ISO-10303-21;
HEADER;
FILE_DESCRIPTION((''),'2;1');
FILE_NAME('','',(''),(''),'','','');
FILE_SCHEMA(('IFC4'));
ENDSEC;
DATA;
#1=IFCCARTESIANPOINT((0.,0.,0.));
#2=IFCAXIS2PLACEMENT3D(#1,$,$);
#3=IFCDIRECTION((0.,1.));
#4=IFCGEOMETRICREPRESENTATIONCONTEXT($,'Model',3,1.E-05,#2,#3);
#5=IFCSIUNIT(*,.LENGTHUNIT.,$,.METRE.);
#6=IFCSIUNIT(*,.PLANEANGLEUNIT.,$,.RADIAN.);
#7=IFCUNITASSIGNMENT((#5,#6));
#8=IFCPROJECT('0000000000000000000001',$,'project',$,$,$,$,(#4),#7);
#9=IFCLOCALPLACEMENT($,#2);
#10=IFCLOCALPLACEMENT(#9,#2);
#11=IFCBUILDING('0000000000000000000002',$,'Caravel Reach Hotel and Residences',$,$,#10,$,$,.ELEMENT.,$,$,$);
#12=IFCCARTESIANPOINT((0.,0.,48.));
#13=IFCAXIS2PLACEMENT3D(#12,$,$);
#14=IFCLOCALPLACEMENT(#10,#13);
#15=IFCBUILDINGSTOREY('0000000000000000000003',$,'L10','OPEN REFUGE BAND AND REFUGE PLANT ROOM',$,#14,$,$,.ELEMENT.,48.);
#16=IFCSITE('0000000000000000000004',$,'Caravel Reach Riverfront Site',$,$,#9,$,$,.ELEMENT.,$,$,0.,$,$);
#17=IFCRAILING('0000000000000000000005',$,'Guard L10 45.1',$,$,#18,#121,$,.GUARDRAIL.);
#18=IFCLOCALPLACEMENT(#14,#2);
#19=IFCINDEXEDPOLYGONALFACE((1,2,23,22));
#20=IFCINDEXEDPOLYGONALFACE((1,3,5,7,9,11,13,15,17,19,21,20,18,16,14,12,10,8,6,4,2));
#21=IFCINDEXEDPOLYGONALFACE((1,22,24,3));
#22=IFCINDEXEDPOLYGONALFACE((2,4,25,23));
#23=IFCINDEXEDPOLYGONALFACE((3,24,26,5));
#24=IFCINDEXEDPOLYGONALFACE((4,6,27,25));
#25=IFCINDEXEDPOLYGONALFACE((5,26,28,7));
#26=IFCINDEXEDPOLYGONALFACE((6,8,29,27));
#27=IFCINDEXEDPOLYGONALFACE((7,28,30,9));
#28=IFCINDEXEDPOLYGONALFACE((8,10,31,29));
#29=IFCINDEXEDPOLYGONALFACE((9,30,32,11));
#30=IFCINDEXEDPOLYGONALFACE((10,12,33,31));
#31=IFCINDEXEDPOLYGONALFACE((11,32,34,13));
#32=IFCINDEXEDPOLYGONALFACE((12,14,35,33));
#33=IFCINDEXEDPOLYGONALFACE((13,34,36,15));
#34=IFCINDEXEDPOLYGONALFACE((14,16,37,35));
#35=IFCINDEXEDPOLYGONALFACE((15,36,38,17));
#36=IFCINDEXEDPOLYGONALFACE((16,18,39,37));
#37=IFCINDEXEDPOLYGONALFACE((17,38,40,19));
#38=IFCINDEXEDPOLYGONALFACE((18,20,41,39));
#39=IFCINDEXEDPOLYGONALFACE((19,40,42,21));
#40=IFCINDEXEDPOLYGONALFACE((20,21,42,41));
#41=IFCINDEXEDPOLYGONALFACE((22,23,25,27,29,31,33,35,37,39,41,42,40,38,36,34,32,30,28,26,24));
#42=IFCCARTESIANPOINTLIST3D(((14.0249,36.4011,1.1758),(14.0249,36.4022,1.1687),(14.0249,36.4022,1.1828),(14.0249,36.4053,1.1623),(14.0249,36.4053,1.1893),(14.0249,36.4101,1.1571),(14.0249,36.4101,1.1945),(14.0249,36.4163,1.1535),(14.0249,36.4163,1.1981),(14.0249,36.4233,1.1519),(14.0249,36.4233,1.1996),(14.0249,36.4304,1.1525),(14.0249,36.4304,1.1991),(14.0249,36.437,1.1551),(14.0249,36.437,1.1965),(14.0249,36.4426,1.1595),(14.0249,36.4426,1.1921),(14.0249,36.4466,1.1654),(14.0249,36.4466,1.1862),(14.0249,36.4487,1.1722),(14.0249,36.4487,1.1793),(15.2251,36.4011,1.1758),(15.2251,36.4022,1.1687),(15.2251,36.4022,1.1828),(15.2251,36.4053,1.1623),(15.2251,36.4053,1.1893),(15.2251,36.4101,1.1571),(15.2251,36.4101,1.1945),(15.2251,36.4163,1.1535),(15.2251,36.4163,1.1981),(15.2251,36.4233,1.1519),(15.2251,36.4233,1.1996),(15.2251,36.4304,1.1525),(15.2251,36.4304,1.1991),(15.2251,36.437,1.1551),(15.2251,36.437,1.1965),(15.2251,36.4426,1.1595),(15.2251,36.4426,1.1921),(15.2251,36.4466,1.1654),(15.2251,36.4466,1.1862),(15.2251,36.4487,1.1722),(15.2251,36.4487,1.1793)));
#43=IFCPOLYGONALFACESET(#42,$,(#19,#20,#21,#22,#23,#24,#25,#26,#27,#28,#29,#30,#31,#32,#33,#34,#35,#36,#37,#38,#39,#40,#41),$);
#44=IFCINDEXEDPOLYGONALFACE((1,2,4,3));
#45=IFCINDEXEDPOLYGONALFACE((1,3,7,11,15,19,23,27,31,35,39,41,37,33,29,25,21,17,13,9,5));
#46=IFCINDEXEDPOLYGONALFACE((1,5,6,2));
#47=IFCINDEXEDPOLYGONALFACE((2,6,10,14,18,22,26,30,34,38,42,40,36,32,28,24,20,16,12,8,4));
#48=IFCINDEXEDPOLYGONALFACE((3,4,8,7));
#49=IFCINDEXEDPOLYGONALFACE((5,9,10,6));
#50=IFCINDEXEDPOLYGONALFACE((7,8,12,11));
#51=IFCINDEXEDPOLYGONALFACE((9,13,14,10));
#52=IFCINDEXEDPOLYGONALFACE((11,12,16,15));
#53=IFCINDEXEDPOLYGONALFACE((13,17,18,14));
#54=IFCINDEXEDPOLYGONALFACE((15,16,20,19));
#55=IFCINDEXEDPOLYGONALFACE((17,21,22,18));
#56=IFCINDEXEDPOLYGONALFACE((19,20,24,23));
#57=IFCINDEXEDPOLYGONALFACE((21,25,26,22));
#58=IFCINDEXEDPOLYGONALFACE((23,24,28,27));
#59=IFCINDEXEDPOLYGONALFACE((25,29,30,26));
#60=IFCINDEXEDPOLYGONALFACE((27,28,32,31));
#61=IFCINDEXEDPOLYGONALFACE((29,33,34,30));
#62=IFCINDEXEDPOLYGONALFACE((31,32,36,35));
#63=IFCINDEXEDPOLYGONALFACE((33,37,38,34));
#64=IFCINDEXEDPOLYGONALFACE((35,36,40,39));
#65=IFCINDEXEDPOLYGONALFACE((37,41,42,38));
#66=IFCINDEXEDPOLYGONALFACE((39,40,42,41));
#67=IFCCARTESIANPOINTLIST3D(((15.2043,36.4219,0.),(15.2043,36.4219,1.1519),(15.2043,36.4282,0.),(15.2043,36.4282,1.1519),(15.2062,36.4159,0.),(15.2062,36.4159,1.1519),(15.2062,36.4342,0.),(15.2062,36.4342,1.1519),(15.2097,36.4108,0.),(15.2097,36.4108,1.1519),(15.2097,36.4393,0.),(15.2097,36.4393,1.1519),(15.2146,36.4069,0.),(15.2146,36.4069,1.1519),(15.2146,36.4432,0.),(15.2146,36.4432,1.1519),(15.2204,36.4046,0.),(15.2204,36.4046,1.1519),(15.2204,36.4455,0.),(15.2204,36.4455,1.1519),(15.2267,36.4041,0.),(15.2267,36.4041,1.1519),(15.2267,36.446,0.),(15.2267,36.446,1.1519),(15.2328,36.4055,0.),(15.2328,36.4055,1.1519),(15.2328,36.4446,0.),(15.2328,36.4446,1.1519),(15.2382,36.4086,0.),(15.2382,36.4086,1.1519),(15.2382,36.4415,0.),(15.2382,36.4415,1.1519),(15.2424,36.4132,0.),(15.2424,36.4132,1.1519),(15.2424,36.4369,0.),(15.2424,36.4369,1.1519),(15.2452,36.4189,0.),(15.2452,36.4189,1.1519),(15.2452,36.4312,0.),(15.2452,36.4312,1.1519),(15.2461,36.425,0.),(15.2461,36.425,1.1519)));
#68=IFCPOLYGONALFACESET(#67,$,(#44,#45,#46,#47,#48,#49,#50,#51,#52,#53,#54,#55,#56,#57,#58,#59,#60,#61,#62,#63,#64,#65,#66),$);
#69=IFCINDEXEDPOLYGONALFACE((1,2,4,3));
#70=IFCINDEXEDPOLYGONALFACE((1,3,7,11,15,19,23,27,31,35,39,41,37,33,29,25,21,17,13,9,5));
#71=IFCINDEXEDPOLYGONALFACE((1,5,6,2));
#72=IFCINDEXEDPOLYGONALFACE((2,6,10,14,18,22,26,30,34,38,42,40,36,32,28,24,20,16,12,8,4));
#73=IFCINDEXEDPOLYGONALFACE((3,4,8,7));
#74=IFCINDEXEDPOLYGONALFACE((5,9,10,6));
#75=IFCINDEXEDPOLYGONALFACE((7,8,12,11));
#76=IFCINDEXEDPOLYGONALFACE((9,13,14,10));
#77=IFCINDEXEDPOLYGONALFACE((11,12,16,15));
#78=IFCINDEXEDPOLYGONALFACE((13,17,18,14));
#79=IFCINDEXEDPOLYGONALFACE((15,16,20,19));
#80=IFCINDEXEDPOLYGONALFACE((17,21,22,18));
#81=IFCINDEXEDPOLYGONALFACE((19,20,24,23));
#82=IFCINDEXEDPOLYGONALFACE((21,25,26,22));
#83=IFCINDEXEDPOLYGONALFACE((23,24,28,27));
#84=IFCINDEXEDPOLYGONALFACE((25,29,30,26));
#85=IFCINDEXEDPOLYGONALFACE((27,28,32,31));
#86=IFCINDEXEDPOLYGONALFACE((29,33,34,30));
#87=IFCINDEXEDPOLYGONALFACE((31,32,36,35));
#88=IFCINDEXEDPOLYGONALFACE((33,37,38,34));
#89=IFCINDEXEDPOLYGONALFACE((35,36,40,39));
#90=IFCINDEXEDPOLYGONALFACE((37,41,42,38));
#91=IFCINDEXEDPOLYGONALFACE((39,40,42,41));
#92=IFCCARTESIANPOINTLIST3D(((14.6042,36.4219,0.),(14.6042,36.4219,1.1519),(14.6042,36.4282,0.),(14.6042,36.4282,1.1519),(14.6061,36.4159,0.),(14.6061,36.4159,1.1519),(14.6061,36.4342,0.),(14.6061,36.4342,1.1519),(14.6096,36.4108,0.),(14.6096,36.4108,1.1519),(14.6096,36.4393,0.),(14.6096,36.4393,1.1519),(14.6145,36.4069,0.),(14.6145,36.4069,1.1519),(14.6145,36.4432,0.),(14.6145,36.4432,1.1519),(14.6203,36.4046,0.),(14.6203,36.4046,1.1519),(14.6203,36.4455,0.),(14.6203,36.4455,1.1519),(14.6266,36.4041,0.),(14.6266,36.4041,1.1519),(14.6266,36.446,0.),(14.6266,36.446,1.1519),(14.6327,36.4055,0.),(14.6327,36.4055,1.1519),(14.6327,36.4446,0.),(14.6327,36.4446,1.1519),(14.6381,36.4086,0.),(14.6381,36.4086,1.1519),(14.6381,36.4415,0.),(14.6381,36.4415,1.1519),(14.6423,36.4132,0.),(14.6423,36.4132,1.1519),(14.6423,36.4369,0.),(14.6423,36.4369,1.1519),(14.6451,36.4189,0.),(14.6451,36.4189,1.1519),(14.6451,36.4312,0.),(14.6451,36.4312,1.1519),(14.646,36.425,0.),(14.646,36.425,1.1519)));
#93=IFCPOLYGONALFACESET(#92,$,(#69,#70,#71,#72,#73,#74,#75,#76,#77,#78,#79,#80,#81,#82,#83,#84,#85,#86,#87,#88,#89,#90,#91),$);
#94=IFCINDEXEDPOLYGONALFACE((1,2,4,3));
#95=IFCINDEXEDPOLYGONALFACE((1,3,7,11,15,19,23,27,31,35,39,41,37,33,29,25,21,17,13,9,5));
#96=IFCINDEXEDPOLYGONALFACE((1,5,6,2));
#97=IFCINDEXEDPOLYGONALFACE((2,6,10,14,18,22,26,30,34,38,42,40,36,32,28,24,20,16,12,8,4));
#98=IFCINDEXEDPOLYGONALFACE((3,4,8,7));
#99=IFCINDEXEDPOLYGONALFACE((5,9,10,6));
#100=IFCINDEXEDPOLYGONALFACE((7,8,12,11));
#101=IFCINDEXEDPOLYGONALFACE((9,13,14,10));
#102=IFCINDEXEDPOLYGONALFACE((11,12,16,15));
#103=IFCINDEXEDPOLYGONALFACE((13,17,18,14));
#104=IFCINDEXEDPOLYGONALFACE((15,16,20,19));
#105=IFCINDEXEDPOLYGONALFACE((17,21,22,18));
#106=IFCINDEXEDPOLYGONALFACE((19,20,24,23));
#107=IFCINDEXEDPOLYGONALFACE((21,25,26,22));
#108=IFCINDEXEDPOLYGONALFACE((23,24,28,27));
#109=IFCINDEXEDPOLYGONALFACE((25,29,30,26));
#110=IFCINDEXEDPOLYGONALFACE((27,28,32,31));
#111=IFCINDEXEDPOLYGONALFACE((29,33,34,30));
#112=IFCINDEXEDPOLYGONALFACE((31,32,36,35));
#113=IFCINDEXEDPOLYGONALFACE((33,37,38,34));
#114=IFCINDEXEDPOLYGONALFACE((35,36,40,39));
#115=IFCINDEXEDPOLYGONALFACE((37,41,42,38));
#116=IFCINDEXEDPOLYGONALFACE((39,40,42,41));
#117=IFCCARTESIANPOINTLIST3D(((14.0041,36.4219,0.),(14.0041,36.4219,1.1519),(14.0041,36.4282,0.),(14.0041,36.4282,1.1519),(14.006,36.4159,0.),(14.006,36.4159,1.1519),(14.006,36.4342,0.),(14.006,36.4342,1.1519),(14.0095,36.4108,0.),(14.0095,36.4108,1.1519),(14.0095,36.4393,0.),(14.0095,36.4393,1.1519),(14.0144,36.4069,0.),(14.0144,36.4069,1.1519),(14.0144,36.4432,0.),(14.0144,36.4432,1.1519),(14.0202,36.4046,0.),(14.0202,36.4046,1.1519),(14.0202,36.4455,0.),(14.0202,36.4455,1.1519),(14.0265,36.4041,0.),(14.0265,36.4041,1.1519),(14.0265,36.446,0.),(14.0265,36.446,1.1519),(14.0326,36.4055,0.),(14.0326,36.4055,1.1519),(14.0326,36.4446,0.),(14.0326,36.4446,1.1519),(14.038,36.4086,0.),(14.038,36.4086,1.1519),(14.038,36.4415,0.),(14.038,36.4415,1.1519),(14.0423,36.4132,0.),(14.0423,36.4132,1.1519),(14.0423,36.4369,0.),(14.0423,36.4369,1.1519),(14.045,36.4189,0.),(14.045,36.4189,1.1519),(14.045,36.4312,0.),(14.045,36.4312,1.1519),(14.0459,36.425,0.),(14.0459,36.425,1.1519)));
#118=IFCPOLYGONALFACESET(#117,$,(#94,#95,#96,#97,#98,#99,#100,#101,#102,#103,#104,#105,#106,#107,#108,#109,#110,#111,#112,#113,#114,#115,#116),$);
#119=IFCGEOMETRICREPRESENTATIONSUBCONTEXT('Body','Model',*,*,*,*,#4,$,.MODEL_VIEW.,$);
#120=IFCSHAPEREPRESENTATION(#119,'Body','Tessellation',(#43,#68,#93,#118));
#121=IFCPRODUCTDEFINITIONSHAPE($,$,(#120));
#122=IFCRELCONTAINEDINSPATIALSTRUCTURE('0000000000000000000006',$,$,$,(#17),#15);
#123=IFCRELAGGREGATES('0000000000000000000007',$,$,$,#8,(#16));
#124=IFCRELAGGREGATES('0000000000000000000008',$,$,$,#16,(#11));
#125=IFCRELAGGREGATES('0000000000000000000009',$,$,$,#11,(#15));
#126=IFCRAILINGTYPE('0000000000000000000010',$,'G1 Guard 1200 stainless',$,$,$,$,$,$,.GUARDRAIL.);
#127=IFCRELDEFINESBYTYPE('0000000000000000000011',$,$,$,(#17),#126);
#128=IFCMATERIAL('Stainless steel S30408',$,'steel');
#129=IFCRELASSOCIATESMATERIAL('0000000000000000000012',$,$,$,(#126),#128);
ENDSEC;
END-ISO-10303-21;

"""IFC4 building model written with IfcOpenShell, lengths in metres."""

from ifc_helpers import new_model, si_unit, direction, frame, origin, origin_2d, place, context, subcontext, project, spatial, circle, extrude, material, type_object, element, save


model = new_model("IFC4")

# Units and contexts
model_context = context("Model", 3, precision=1e-05, world=origin(), true_north=direction((0.0, 1.0)))
body_context = subcontext(model_context, "Body", "Model", "MODEL_VIEW")
ifc_project = project(units=[si_unit("LENGTHUNIT", "METRE"), si_unit("PLANEANGLEUNIT", "RADIAN")], contexts=[model_context])

# Site, building, storey
site_placement = place(None, origin())
site = spatial("IfcSite", under=ifc_project, at=site_placement, Name="Caravel Reach Riverfront Site", CompositionType="ELEMENT", RefElevation=0.0)
building_placement = place(site_placement, origin())
building = spatial("IfcBuilding", under=site, at=building_placement, Name="Caravel Reach Hotel and Residences", CompositionType="ELEMENT")
storey_placement = place(building_placement, frame((0.0, 0.0, 48.0)))
storey = spatial("IfcBuildingStorey", under=building, at=storey_placement, Name="L10", Description="OPEN REFUGE BAND AND REFUGE PLANT ROOM", CompositionType="ELEMENT", Elevation=48.0)

# Railing
ifc_material_1 = material(Name="Stainless steel S30408", Category="steel")
railing_type = type_object("IfcRailingType", Name="G1 Guard 1200 stainless", PredefinedType="GUARDRAIL", material=ifc_material_1)
railing_1_placement = place(storey_placement, frame((15.2251, 36.425, 0.0)))
element("IfcRailing", 1, at=railing_1_placement, inside=storey, type_object=railing_type, Name="Guard L10 45.1", PredefinedType="GUARDRAIL", context=body_context, shape_type="SweptSolid", body=[
    extrude(circle(Radius=0.0239, at=origin_2d()), frame((0.0, 0.0, 1.1758), z_axis=(-1.0, 0.0, 0.0), x_axis=(0.0, -1.0, 0.0)), (0.0, 0.0, 1.0), 1.2002),
    extrude(circle(Radius=0.021, at=origin_2d()), origin(), (0.0, 0.0, 1.0), 1.1519),
    extrude(circle(Radius=0.021, at=origin_2d()), frame((-0.6001, 0.0, 0.0)), (0.0, 0.0, 1.0), 1.1519),
    extrude(circle(Radius=0.021, at=origin_2d()), frame((-1.2002, 0.0, 0.0)), (0.0, 0.0, 1.0), 1.1519),
])

save(model, "model.ifc")
